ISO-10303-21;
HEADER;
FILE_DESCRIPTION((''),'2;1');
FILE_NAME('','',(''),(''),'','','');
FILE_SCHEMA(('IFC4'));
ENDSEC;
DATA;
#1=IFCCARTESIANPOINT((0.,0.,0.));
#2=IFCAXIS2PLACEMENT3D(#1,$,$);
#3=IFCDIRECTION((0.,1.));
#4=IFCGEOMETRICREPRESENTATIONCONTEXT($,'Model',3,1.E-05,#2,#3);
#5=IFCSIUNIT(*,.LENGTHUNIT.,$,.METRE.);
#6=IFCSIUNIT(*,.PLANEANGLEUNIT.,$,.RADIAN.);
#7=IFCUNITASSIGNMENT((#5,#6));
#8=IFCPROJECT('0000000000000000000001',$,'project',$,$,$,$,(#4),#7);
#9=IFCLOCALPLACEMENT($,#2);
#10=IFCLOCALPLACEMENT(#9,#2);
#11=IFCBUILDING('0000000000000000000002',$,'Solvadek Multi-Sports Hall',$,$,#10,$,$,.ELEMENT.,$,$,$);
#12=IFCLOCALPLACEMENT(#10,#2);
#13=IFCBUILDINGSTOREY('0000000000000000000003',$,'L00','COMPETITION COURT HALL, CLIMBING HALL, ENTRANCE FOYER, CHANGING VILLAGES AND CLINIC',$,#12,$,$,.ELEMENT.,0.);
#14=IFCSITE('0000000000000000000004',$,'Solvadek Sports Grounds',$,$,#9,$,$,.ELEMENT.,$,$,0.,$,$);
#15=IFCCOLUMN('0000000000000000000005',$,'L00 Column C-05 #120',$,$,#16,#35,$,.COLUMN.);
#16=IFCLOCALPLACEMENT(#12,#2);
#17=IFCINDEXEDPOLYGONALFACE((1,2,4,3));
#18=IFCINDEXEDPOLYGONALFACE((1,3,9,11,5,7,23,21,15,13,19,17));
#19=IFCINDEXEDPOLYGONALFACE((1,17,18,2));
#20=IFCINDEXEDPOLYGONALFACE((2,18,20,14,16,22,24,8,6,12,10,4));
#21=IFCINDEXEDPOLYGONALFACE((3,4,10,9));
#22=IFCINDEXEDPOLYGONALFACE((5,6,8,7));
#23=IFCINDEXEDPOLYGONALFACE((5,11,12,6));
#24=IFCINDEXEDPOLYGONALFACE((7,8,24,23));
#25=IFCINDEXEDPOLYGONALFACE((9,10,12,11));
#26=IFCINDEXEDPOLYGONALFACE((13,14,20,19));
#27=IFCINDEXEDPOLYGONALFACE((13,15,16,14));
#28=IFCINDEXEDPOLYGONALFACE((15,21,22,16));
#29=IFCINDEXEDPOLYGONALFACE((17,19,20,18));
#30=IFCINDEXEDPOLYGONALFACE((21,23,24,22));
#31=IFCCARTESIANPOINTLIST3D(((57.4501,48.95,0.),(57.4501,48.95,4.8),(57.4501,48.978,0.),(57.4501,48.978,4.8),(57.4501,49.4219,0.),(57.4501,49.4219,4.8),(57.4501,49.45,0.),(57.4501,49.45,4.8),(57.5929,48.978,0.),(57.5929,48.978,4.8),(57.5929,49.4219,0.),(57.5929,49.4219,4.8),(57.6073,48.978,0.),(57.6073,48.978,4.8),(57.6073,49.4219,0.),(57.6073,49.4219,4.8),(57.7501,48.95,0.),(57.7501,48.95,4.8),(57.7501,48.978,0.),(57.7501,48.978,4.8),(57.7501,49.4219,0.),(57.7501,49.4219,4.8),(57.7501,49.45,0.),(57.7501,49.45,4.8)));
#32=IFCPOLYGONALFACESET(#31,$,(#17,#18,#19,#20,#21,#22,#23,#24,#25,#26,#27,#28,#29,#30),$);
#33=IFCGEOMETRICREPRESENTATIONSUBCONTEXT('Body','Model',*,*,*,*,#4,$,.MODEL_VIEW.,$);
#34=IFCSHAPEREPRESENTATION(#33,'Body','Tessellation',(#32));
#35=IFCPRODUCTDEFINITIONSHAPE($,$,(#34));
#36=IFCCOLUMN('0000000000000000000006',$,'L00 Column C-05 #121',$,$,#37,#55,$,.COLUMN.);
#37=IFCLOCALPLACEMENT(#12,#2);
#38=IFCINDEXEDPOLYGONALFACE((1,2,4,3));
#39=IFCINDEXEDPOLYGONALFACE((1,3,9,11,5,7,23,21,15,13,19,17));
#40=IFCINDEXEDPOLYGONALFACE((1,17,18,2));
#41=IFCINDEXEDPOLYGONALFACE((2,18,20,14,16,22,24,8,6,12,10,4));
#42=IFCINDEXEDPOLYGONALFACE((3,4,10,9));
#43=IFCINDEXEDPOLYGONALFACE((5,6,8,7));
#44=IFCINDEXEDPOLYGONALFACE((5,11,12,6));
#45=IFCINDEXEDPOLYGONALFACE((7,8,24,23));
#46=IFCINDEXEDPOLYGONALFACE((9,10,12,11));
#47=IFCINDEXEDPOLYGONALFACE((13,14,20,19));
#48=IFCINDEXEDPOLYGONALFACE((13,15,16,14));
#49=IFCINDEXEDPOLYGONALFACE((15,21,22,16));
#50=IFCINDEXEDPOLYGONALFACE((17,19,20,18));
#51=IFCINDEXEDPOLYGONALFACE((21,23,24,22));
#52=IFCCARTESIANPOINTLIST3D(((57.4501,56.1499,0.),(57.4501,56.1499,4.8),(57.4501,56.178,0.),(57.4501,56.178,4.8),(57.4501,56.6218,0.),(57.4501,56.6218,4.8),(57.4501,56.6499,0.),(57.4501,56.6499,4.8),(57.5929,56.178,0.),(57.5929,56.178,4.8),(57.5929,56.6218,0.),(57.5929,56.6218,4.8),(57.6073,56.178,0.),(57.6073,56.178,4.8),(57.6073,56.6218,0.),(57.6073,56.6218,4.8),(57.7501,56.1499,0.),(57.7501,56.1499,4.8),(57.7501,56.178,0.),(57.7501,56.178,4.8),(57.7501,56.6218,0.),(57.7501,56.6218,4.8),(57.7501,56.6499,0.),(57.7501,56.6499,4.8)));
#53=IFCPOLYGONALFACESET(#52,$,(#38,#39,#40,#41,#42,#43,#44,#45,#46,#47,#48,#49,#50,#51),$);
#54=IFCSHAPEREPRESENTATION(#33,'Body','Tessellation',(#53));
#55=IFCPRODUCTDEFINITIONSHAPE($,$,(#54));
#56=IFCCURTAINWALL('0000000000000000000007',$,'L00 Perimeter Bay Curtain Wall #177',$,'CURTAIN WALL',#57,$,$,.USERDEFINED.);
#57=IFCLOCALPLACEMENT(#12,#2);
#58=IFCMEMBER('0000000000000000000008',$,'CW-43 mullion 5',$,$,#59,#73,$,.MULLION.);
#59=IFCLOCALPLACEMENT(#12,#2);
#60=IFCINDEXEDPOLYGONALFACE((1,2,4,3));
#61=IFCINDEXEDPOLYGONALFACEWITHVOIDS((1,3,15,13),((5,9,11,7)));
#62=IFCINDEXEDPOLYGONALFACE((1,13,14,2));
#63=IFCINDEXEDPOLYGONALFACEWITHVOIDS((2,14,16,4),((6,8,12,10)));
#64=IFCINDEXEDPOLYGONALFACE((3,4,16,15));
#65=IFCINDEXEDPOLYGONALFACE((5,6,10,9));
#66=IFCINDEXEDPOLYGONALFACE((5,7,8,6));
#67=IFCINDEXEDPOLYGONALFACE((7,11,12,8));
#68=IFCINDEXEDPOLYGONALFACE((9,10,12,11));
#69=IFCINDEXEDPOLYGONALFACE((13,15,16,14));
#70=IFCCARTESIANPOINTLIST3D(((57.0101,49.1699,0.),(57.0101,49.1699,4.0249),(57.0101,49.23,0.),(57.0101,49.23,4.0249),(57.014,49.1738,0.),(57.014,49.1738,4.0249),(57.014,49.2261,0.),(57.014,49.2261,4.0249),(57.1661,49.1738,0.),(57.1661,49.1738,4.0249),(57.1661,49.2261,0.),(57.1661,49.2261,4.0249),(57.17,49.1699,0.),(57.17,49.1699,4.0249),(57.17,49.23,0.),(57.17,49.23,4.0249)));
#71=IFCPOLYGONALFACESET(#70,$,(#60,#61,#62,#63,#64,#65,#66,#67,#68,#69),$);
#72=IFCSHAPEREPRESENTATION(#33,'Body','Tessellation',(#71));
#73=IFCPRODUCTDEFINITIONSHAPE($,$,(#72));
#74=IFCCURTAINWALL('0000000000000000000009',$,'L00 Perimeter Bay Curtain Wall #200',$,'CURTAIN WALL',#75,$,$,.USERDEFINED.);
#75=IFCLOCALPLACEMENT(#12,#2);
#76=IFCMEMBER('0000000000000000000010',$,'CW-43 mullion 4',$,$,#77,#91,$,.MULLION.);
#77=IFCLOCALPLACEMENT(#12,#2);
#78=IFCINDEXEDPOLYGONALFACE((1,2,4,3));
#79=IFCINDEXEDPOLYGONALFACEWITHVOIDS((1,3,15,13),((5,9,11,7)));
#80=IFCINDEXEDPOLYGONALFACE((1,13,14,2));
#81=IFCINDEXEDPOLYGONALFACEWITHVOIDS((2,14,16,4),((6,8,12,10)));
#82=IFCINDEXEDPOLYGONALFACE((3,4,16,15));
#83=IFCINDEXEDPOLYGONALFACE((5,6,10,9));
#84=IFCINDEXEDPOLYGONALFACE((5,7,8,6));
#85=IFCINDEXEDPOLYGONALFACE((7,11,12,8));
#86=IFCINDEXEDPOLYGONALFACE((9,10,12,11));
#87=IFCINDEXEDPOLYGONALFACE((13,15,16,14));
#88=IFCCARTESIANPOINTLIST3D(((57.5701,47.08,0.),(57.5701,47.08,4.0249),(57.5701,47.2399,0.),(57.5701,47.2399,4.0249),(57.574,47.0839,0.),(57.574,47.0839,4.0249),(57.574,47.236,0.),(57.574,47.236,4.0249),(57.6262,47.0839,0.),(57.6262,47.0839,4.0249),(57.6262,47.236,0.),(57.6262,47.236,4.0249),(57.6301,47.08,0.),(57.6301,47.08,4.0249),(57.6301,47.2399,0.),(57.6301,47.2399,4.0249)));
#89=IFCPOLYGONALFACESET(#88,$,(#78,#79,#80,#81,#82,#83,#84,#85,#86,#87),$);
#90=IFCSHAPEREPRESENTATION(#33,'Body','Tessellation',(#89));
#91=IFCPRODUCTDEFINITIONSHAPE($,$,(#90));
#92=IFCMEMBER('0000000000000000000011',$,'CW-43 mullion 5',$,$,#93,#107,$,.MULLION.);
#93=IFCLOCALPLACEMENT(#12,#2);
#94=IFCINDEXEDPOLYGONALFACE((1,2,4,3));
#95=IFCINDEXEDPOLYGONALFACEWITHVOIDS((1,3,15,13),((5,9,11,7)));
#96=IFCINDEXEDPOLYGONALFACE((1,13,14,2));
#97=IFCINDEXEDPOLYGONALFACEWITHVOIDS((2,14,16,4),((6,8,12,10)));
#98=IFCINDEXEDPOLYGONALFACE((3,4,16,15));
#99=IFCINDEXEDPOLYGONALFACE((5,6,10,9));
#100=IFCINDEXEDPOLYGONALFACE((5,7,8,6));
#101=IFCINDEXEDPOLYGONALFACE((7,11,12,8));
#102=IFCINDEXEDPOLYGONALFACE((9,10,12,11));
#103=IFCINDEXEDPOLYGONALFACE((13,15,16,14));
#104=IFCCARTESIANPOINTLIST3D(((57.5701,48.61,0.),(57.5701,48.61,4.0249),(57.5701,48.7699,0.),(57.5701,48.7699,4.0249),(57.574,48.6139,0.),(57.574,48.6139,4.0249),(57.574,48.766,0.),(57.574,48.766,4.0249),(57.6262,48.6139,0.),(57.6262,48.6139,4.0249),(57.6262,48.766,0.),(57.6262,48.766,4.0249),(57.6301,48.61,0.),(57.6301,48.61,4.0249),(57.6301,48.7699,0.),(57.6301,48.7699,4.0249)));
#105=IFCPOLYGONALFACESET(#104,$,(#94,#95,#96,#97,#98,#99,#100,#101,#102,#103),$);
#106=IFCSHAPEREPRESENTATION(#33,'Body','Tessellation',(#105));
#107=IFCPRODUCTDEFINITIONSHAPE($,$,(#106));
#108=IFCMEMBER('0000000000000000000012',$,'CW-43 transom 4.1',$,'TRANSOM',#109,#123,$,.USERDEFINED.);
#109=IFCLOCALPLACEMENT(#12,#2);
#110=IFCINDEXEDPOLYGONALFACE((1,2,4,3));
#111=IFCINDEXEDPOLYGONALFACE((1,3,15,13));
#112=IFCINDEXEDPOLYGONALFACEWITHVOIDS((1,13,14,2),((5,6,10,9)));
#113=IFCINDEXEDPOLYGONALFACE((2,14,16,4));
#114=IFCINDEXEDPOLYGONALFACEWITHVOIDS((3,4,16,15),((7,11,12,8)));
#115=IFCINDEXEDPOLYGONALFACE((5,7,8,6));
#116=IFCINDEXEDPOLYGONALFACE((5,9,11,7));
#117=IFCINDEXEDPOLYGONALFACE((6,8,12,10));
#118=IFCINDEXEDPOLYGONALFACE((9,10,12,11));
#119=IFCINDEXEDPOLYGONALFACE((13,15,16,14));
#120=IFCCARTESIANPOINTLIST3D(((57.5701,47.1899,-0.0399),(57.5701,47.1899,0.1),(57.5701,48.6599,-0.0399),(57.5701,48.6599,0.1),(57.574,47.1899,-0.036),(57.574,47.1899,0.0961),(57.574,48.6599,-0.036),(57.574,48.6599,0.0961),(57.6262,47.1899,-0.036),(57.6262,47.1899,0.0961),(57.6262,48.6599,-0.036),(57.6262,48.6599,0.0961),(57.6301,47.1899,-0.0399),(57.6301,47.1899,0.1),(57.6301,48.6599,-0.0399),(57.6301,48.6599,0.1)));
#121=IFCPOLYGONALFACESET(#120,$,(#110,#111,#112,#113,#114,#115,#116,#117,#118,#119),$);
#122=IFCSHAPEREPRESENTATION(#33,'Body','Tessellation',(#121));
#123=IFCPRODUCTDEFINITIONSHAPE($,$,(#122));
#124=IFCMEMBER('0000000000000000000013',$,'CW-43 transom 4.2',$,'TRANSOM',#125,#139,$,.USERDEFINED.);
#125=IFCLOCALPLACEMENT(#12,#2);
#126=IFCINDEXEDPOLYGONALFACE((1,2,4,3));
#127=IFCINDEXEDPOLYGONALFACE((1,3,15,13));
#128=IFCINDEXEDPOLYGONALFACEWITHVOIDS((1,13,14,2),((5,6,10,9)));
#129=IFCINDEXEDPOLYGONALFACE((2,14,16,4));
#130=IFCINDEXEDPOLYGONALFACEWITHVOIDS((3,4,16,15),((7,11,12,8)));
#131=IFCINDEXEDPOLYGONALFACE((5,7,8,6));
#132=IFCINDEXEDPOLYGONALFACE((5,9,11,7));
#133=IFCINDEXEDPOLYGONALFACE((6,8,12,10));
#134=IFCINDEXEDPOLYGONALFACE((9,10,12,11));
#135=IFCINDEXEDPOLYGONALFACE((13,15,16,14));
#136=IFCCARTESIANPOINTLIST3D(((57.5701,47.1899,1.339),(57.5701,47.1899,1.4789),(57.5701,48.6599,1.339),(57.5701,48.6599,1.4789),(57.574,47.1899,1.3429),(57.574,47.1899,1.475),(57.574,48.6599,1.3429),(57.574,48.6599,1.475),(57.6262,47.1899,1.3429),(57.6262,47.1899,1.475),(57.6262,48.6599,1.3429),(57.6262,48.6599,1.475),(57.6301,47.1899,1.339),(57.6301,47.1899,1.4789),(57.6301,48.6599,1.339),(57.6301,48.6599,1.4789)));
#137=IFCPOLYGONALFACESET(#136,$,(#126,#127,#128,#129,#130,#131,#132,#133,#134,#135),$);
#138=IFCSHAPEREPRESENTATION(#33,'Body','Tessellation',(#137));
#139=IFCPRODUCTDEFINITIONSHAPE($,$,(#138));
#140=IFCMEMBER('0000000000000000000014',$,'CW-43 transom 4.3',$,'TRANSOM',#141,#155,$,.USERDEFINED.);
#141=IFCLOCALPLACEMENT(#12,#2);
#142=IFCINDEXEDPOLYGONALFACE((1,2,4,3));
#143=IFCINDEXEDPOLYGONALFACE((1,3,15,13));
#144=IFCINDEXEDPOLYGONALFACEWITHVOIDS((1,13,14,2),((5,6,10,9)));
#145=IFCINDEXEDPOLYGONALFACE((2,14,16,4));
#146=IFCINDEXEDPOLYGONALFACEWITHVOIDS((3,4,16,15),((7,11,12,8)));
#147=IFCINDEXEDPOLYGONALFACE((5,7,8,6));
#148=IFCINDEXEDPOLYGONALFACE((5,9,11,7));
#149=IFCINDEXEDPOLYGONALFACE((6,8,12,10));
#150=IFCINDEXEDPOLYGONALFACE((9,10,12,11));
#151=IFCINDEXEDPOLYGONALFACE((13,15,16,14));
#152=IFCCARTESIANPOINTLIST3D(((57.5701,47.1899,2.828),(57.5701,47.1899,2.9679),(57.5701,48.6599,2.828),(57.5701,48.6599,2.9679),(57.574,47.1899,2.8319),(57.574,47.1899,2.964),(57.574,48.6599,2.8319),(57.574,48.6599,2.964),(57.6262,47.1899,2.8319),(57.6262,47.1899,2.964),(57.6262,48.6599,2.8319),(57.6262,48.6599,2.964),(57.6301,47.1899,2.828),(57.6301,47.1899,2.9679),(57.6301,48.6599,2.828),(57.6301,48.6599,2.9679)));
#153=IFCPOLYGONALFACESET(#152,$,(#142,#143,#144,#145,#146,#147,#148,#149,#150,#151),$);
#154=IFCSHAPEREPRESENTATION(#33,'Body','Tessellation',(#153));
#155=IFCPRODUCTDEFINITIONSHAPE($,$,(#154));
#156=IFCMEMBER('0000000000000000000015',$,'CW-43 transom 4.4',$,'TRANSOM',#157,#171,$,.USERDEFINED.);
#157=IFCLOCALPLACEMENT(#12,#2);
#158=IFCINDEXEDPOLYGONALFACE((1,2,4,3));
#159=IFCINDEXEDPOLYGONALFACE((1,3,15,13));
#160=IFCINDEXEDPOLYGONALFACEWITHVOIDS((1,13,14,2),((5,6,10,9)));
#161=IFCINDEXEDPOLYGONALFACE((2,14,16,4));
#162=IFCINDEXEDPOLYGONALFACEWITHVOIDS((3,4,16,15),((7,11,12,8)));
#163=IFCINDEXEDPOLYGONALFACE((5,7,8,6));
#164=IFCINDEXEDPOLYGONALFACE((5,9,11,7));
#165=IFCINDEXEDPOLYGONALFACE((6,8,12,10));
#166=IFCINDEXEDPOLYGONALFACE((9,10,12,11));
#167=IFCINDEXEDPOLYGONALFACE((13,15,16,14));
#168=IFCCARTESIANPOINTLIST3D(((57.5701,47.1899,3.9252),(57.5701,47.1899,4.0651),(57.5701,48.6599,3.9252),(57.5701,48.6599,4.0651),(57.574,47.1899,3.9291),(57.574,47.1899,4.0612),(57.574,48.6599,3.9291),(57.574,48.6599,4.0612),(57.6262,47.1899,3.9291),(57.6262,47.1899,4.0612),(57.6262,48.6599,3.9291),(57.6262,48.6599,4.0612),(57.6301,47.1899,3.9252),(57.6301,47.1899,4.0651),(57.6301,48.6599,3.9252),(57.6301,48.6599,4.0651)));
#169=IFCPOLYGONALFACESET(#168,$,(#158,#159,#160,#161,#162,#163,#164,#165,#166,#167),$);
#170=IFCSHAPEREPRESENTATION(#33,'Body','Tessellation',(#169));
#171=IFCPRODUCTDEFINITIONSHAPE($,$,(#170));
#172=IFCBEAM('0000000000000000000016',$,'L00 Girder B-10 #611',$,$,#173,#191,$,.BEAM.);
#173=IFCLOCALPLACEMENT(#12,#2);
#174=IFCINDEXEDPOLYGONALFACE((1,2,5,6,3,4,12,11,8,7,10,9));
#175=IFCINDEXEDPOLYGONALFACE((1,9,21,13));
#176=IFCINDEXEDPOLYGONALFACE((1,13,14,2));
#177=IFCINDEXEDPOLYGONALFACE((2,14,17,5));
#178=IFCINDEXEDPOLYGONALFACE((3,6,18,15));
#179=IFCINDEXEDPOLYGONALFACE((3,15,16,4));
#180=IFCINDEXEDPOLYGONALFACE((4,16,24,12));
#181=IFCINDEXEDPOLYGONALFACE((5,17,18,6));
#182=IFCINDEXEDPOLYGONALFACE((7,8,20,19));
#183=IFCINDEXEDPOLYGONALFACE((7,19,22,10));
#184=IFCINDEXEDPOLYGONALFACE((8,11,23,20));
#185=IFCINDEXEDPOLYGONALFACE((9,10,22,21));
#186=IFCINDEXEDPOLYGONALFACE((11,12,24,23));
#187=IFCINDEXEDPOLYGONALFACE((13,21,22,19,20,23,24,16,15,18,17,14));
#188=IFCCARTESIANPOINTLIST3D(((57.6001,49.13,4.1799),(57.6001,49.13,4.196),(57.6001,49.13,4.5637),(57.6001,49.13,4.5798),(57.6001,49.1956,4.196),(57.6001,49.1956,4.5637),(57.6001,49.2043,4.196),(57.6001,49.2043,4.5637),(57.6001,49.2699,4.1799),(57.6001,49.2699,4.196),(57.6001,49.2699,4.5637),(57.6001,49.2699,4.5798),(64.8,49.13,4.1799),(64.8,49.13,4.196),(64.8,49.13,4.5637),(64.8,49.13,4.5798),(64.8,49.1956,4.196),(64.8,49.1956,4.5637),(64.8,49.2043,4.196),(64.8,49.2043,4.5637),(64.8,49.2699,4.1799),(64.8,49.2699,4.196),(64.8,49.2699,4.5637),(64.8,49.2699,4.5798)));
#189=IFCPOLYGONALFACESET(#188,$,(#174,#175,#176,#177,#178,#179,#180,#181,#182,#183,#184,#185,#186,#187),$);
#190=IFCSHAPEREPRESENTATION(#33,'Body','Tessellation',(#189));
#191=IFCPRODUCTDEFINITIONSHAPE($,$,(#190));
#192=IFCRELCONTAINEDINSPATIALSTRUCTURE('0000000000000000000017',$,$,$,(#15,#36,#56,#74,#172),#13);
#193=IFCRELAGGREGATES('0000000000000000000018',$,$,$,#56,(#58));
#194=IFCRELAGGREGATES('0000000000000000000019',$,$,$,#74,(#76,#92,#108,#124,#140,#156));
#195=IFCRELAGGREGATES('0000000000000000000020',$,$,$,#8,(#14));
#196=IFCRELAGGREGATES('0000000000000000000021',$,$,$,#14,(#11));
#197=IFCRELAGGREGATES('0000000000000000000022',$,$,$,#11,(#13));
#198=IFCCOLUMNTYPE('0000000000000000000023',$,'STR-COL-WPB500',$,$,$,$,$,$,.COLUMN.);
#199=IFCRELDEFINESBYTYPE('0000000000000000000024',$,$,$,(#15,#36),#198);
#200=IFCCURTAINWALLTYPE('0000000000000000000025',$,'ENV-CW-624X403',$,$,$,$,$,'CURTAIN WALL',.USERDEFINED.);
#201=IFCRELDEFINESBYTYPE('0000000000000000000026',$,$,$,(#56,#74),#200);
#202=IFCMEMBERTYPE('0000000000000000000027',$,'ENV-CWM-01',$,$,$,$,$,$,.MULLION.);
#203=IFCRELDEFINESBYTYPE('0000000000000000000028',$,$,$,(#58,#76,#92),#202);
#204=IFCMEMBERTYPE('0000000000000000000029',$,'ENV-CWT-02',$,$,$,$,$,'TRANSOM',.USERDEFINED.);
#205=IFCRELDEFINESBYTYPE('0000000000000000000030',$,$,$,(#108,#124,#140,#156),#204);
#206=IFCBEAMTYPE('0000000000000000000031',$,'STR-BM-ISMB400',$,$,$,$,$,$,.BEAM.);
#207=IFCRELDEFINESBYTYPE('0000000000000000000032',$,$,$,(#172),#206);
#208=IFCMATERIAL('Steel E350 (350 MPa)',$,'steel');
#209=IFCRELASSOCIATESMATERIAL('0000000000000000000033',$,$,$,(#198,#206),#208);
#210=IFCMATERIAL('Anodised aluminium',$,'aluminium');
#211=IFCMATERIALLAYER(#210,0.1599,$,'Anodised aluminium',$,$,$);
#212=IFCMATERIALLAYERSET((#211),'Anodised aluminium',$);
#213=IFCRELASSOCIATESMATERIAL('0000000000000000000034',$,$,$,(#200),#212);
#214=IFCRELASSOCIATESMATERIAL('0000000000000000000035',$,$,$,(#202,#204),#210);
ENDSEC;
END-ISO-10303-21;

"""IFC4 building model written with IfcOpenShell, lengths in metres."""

from ifc_helpers import new_model, si_unit, direction, frame, origin, origin_2d, place, context, subcontext, project, spatial, hollow_rectangle, i_section, extrude, material, layer, layer_set, material_profile, profile_set, type_object, element, aggregate, save


model = new_model("IFC4")

# Units and contexts
model_context = context("Model", 3, precision=1e-05, world=origin(), true_north=direction((0.0, 1.0)))
body_context = subcontext(model_context, "Body", "Model", "MODEL_VIEW")
ifc_project = project(units=[si_unit("LENGTHUNIT", "METRE"), si_unit("PLANEANGLEUNIT", "RADIAN")], contexts=[model_context])

# Site, building, storey
site_placement = place(None, origin())
site = spatial("IfcSite", under=ifc_project, at=site_placement, Name="Solvadek Sports Grounds", CompositionType="ELEMENT", RefElevation=0.0)
building_placement = place(site_placement, origin())
building = spatial("IfcBuilding", under=site, at=building_placement, Name="Solvadek Multi-Sports Hall", CompositionType="ELEMENT")
storey_placement = place(building_placement, origin())
storey = spatial("IfcBuildingStorey", under=building, at=storey_placement, Name="L00", Description="COMPETITION COURT HALL, CLIMBING HALL, ENTRANCE FOYER, CHANGING VILLAGES AND CLINIC", CompositionType="ELEMENT", Elevation=0.0)

# Columns
ifc_material_1 = material(Name="Steel E350 (350 MPa)", Category="steel")
ifc_material_profile_1 = material_profile(ifc_material_1, i_section(OverallWidth=0.3, OverallDepth=0.5, WebThickness=0.0144, FlangeThickness=0.0281, at=origin_2d()), Name="WPB 500")
ifc_profile_set_1 = profile_set([ifc_material_profile_1], Name="Steel E350 (350 MPa)")
column_type = type_object("IfcColumnType", Name="STR-COL-WPB500", PredefinedType="COLUMN", material=ifc_profile_set_1)
for number, where, z_axis, x_axis, name in (
    (1, (57.6001, 49.2, 0.0), (0.0, 0.0, 1.0), (1.0, 0.0, 0.0), "L00 Column C-05 #120"),
    (2, (57.6001, 56.3999, 0.0), (0.0, 0.0, 1.0), (1.0, 0.0, 0.0), "L00 Column C-05 #121"),
):
    element("IfcColumn", number, at=place(storey_placement, frame(where, z_axis=z_axis, x_axis=x_axis)), inside=storey, type_object=column_type, Name=name, PredefinedType="COLUMN", context=body_context, shape_type="SweptSolid", body=[
        extrude(i_section(OverallWidth=0.3, OverallDepth=0.5, WebThickness=0.0144, FlangeThickness=0.0281, at=origin_2d()), origin(), (0.0, 0.0, 1.0), 4.8),
    ])

# Curtain wall, member
ifc_material_2 = material(Name="Anodised aluminium", Category="aluminium")
ifc_layer_1 = layer(ifc_material_2, 0.1599, Name="Anodised aluminium")
ifc_layer_set_1 = layer_set([ifc_layer_1], Name="Anodised aluminium")
curtain_wall_type = type_object("IfcCurtainWallType", Name="ENV-CW-624X403", ElementType="CURTAIN WALL", PredefinedType="USERDEFINED", material=ifc_layer_set_1)
curtain_wall_1_placement = place(storey_placement, origin())
curtain_wall_1 = element("IfcCurtainWall", 3, at=curtain_wall_1_placement, inside=storey, type_object=curtain_wall_type, Name="L00 Perimeter Bay Curtain Wall #177", ObjectType="CURTAIN WALL", PredefinedType="USERDEFINED")
ifc_material_profile_2 = material_profile(ifc_material_2, hollow_rectangle(XDim=0.0601, YDim=0.1599, WallThickness=0.0039, at=origin_2d()), Name="ALU-M 160x60x4")
ifc_profile_set_2 = profile_set([ifc_material_profile_2], Name="Anodised aluminium")
member_type_1 = type_object("IfcMemberType", Name="ENV-CWM-01", PredefinedType="MULLION", material=ifc_profile_set_2)
member_1_placement = place(storey_placement, frame((57.0901, 49.2, 0.0), z_axis=(0.0, 0.0, 1.0), x_axis=(0.0, 1.0, 0.0)))
member_1 = element("IfcMember", 4, at=member_1_placement, type_object=member_type_1, Name="CW-43 mullion 5", PredefinedType="MULLION", context=body_context, shape_type="SweptSolid", body=[
    extrude(hollow_rectangle(XDim=0.0601, YDim=0.1599, WallThickness=0.0039, at=origin_2d()), origin(), (0.0, 0.0, 1.0), 4.0249),
])
aggregate(curtain_wall_1, [member_1])

# Curtain wall, members
curtain_wall_2_placement = place(storey_placement, origin())
curtain_wall_2 = element("IfcCurtainWall", 5, at=curtain_wall_2_placement, inside=storey, type_object=curtain_wall_type, Name="L00 Perimeter Bay Curtain Wall #200", ObjectType="CURTAIN WALL", PredefinedType="USERDEFINED")
member_2_placement = place(storey_placement, frame((57.6001, 47.1599, 0.0), z_axis=(0.0, 0.0, 1.0), x_axis=(-1.0, 0.0, 0.0)))
member_2 = element("IfcMember", 6, at=member_2_placement, type_object=member_type_1, Name="CW-43 mullion 4", PredefinedType="MULLION", context=body_context, shape_type="SweptSolid", body=[
    extrude(hollow_rectangle(XDim=0.0601, YDim=0.1599, WallThickness=0.0039, at=origin_2d()), origin(), (0.0, 0.0, 1.0), 4.0249),
])
member_3_placement = place(storey_placement, frame((57.6001, 48.6899, 0.0), z_axis=(0.0, 0.0, 1.0), x_axis=(-1.0, 0.0, 0.0)))
member_3 = element("IfcMember", 7, at=member_3_placement, type_object=member_type_1, Name="CW-43 mullion 5", PredefinedType="MULLION", context=body_context, shape_type="SweptSolid", body=[
    extrude(hollow_rectangle(XDim=0.0601, YDim=0.1599, WallThickness=0.0039, at=origin_2d()), origin(), (0.0, 0.0, 1.0), 4.0249),
])
ifc_material_profile_3 = material_profile(ifc_material_2, hollow_rectangle(XDim=0.0601, YDim=0.1399, WallThickness=0.0039, at=origin_2d()), Name="ALU-T 140x60x4")
ifc_profile_set_3 = profile_set([ifc_material_profile_3], Name="Anodised aluminium")
member_type_2 = type_object("IfcMemberType", Name="ENV-CWT-02", ElementType="TRANSOM", PredefinedType="USERDEFINED", material=ifc_profile_set_3)
member_4_placement = place(storey_placement, frame((57.6001, 47.1899, 0.03), z_axis=(0.0, 1.0, 0.0), x_axis=(-1.0, 0.0, 0.0)))
member_4 = element("IfcMember", 8, at=member_4_placement, type_object=member_type_2, Name="CW-43 transom 4.1", ObjectType="TRANSOM", PredefinedType="USERDEFINED", context=body_context, shape_type="SweptSolid", body=[
    extrude(hollow_rectangle(XDim=0.0601, YDim=0.1399, WallThickness=0.0039, at=origin_2d()), origin(), (0.0, 0.0, 1.0), 1.47),
])
member_5_placement = place(storey_placement, frame((57.6001, 47.1899, 1.4089), z_axis=(0.0, 1.0, 0.0), x_axis=(-1.0, 0.0, 0.0)))
member_5 = element("IfcMember", 9, at=member_5_placement, type_object=member_type_2, Name="CW-43 transom 4.2", ObjectType="TRANSOM", PredefinedType="USERDEFINED", context=body_context, shape_type="SweptSolid", body=[
    extrude(hollow_rectangle(XDim=0.0601, YDim=0.1399, WallThickness=0.0039, at=origin_2d()), origin(), (0.0, 0.0, 1.0), 1.47),
])
member_6_placement = place(storey_placement, frame((57.6001, 47.1899, 2.8979), z_axis=(0.0, 1.0, 0.0), x_axis=(-1.0, 0.0, 0.0)))
member_6 = element("IfcMember", 10, at=member_6_placement, type_object=member_type_2, Name="CW-43 transom 4.3", ObjectType="TRANSOM", PredefinedType="USERDEFINED", context=body_context, shape_type="SweptSolid", body=[
    extrude(hollow_rectangle(XDim=0.0601, YDim=0.1399, WallThickness=0.0039, at=origin_2d()), origin(), (0.0, 0.0, 1.0), 1.47),
])
member_7_placement = place(storey_placement, frame((57.6001, 47.1899, 3.9951), z_axis=(0.0, 1.0, 0.0), x_axis=(-1.0, 0.0, 0.0)))
member_7 = element("IfcMember", 11, at=member_7_placement, type_object=member_type_2, Name="CW-43 transom 4.4", ObjectType="TRANSOM", PredefinedType="USERDEFINED", context=body_context, shape_type="SweptSolid", body=[
    extrude(hollow_rectangle(XDim=0.0601, YDim=0.1399, WallThickness=0.0039, at=origin_2d()), origin(), (0.0, 0.0, 1.0), 1.47),
])

# Beam
ifc_material_profile_4 = material_profile(ifc_material_1, i_section(OverallWidth=0.1399, OverallDepth=0.3999, WebThickness=0.0088, FlangeThickness=0.0161, at=origin_2d()), Name="ISMB 400")
ifc_profile_set_4 = profile_set([ifc_material_profile_4], Name="Steel E350 (350 MPa)")
beam_type_1 = type_object("IfcBeamType", Name="STR-BM-ISMB400", PredefinedType="BEAM", material=ifc_profile_set_4)
beam_1_placement = place(storey_placement, frame((57.6001, 49.2, 4.3799), z_axis=(1.0, 0.0, 0.0), x_axis=(0.0, 1.0, 0.0)))
element("IfcBeam", 12, at=beam_1_placement, inside=storey, type_object=beam_type_1, Name="L00 Girder B-10 #611", PredefinedType="BEAM", context=body_context, shape_type="SweptSolid", body=[
    extrude(i_section(OverallWidth=0.1399, OverallDepth=0.3999, WebThickness=0.0088, FlangeThickness=0.0161, at=origin_2d()), origin(), (0.0, 0.0, 1.0), 7.2),
])

aggregate(curtain_wall_2, [member_2, member_3, member_4, member_5, member_6, member_7])

save(model, "model.ifc")
